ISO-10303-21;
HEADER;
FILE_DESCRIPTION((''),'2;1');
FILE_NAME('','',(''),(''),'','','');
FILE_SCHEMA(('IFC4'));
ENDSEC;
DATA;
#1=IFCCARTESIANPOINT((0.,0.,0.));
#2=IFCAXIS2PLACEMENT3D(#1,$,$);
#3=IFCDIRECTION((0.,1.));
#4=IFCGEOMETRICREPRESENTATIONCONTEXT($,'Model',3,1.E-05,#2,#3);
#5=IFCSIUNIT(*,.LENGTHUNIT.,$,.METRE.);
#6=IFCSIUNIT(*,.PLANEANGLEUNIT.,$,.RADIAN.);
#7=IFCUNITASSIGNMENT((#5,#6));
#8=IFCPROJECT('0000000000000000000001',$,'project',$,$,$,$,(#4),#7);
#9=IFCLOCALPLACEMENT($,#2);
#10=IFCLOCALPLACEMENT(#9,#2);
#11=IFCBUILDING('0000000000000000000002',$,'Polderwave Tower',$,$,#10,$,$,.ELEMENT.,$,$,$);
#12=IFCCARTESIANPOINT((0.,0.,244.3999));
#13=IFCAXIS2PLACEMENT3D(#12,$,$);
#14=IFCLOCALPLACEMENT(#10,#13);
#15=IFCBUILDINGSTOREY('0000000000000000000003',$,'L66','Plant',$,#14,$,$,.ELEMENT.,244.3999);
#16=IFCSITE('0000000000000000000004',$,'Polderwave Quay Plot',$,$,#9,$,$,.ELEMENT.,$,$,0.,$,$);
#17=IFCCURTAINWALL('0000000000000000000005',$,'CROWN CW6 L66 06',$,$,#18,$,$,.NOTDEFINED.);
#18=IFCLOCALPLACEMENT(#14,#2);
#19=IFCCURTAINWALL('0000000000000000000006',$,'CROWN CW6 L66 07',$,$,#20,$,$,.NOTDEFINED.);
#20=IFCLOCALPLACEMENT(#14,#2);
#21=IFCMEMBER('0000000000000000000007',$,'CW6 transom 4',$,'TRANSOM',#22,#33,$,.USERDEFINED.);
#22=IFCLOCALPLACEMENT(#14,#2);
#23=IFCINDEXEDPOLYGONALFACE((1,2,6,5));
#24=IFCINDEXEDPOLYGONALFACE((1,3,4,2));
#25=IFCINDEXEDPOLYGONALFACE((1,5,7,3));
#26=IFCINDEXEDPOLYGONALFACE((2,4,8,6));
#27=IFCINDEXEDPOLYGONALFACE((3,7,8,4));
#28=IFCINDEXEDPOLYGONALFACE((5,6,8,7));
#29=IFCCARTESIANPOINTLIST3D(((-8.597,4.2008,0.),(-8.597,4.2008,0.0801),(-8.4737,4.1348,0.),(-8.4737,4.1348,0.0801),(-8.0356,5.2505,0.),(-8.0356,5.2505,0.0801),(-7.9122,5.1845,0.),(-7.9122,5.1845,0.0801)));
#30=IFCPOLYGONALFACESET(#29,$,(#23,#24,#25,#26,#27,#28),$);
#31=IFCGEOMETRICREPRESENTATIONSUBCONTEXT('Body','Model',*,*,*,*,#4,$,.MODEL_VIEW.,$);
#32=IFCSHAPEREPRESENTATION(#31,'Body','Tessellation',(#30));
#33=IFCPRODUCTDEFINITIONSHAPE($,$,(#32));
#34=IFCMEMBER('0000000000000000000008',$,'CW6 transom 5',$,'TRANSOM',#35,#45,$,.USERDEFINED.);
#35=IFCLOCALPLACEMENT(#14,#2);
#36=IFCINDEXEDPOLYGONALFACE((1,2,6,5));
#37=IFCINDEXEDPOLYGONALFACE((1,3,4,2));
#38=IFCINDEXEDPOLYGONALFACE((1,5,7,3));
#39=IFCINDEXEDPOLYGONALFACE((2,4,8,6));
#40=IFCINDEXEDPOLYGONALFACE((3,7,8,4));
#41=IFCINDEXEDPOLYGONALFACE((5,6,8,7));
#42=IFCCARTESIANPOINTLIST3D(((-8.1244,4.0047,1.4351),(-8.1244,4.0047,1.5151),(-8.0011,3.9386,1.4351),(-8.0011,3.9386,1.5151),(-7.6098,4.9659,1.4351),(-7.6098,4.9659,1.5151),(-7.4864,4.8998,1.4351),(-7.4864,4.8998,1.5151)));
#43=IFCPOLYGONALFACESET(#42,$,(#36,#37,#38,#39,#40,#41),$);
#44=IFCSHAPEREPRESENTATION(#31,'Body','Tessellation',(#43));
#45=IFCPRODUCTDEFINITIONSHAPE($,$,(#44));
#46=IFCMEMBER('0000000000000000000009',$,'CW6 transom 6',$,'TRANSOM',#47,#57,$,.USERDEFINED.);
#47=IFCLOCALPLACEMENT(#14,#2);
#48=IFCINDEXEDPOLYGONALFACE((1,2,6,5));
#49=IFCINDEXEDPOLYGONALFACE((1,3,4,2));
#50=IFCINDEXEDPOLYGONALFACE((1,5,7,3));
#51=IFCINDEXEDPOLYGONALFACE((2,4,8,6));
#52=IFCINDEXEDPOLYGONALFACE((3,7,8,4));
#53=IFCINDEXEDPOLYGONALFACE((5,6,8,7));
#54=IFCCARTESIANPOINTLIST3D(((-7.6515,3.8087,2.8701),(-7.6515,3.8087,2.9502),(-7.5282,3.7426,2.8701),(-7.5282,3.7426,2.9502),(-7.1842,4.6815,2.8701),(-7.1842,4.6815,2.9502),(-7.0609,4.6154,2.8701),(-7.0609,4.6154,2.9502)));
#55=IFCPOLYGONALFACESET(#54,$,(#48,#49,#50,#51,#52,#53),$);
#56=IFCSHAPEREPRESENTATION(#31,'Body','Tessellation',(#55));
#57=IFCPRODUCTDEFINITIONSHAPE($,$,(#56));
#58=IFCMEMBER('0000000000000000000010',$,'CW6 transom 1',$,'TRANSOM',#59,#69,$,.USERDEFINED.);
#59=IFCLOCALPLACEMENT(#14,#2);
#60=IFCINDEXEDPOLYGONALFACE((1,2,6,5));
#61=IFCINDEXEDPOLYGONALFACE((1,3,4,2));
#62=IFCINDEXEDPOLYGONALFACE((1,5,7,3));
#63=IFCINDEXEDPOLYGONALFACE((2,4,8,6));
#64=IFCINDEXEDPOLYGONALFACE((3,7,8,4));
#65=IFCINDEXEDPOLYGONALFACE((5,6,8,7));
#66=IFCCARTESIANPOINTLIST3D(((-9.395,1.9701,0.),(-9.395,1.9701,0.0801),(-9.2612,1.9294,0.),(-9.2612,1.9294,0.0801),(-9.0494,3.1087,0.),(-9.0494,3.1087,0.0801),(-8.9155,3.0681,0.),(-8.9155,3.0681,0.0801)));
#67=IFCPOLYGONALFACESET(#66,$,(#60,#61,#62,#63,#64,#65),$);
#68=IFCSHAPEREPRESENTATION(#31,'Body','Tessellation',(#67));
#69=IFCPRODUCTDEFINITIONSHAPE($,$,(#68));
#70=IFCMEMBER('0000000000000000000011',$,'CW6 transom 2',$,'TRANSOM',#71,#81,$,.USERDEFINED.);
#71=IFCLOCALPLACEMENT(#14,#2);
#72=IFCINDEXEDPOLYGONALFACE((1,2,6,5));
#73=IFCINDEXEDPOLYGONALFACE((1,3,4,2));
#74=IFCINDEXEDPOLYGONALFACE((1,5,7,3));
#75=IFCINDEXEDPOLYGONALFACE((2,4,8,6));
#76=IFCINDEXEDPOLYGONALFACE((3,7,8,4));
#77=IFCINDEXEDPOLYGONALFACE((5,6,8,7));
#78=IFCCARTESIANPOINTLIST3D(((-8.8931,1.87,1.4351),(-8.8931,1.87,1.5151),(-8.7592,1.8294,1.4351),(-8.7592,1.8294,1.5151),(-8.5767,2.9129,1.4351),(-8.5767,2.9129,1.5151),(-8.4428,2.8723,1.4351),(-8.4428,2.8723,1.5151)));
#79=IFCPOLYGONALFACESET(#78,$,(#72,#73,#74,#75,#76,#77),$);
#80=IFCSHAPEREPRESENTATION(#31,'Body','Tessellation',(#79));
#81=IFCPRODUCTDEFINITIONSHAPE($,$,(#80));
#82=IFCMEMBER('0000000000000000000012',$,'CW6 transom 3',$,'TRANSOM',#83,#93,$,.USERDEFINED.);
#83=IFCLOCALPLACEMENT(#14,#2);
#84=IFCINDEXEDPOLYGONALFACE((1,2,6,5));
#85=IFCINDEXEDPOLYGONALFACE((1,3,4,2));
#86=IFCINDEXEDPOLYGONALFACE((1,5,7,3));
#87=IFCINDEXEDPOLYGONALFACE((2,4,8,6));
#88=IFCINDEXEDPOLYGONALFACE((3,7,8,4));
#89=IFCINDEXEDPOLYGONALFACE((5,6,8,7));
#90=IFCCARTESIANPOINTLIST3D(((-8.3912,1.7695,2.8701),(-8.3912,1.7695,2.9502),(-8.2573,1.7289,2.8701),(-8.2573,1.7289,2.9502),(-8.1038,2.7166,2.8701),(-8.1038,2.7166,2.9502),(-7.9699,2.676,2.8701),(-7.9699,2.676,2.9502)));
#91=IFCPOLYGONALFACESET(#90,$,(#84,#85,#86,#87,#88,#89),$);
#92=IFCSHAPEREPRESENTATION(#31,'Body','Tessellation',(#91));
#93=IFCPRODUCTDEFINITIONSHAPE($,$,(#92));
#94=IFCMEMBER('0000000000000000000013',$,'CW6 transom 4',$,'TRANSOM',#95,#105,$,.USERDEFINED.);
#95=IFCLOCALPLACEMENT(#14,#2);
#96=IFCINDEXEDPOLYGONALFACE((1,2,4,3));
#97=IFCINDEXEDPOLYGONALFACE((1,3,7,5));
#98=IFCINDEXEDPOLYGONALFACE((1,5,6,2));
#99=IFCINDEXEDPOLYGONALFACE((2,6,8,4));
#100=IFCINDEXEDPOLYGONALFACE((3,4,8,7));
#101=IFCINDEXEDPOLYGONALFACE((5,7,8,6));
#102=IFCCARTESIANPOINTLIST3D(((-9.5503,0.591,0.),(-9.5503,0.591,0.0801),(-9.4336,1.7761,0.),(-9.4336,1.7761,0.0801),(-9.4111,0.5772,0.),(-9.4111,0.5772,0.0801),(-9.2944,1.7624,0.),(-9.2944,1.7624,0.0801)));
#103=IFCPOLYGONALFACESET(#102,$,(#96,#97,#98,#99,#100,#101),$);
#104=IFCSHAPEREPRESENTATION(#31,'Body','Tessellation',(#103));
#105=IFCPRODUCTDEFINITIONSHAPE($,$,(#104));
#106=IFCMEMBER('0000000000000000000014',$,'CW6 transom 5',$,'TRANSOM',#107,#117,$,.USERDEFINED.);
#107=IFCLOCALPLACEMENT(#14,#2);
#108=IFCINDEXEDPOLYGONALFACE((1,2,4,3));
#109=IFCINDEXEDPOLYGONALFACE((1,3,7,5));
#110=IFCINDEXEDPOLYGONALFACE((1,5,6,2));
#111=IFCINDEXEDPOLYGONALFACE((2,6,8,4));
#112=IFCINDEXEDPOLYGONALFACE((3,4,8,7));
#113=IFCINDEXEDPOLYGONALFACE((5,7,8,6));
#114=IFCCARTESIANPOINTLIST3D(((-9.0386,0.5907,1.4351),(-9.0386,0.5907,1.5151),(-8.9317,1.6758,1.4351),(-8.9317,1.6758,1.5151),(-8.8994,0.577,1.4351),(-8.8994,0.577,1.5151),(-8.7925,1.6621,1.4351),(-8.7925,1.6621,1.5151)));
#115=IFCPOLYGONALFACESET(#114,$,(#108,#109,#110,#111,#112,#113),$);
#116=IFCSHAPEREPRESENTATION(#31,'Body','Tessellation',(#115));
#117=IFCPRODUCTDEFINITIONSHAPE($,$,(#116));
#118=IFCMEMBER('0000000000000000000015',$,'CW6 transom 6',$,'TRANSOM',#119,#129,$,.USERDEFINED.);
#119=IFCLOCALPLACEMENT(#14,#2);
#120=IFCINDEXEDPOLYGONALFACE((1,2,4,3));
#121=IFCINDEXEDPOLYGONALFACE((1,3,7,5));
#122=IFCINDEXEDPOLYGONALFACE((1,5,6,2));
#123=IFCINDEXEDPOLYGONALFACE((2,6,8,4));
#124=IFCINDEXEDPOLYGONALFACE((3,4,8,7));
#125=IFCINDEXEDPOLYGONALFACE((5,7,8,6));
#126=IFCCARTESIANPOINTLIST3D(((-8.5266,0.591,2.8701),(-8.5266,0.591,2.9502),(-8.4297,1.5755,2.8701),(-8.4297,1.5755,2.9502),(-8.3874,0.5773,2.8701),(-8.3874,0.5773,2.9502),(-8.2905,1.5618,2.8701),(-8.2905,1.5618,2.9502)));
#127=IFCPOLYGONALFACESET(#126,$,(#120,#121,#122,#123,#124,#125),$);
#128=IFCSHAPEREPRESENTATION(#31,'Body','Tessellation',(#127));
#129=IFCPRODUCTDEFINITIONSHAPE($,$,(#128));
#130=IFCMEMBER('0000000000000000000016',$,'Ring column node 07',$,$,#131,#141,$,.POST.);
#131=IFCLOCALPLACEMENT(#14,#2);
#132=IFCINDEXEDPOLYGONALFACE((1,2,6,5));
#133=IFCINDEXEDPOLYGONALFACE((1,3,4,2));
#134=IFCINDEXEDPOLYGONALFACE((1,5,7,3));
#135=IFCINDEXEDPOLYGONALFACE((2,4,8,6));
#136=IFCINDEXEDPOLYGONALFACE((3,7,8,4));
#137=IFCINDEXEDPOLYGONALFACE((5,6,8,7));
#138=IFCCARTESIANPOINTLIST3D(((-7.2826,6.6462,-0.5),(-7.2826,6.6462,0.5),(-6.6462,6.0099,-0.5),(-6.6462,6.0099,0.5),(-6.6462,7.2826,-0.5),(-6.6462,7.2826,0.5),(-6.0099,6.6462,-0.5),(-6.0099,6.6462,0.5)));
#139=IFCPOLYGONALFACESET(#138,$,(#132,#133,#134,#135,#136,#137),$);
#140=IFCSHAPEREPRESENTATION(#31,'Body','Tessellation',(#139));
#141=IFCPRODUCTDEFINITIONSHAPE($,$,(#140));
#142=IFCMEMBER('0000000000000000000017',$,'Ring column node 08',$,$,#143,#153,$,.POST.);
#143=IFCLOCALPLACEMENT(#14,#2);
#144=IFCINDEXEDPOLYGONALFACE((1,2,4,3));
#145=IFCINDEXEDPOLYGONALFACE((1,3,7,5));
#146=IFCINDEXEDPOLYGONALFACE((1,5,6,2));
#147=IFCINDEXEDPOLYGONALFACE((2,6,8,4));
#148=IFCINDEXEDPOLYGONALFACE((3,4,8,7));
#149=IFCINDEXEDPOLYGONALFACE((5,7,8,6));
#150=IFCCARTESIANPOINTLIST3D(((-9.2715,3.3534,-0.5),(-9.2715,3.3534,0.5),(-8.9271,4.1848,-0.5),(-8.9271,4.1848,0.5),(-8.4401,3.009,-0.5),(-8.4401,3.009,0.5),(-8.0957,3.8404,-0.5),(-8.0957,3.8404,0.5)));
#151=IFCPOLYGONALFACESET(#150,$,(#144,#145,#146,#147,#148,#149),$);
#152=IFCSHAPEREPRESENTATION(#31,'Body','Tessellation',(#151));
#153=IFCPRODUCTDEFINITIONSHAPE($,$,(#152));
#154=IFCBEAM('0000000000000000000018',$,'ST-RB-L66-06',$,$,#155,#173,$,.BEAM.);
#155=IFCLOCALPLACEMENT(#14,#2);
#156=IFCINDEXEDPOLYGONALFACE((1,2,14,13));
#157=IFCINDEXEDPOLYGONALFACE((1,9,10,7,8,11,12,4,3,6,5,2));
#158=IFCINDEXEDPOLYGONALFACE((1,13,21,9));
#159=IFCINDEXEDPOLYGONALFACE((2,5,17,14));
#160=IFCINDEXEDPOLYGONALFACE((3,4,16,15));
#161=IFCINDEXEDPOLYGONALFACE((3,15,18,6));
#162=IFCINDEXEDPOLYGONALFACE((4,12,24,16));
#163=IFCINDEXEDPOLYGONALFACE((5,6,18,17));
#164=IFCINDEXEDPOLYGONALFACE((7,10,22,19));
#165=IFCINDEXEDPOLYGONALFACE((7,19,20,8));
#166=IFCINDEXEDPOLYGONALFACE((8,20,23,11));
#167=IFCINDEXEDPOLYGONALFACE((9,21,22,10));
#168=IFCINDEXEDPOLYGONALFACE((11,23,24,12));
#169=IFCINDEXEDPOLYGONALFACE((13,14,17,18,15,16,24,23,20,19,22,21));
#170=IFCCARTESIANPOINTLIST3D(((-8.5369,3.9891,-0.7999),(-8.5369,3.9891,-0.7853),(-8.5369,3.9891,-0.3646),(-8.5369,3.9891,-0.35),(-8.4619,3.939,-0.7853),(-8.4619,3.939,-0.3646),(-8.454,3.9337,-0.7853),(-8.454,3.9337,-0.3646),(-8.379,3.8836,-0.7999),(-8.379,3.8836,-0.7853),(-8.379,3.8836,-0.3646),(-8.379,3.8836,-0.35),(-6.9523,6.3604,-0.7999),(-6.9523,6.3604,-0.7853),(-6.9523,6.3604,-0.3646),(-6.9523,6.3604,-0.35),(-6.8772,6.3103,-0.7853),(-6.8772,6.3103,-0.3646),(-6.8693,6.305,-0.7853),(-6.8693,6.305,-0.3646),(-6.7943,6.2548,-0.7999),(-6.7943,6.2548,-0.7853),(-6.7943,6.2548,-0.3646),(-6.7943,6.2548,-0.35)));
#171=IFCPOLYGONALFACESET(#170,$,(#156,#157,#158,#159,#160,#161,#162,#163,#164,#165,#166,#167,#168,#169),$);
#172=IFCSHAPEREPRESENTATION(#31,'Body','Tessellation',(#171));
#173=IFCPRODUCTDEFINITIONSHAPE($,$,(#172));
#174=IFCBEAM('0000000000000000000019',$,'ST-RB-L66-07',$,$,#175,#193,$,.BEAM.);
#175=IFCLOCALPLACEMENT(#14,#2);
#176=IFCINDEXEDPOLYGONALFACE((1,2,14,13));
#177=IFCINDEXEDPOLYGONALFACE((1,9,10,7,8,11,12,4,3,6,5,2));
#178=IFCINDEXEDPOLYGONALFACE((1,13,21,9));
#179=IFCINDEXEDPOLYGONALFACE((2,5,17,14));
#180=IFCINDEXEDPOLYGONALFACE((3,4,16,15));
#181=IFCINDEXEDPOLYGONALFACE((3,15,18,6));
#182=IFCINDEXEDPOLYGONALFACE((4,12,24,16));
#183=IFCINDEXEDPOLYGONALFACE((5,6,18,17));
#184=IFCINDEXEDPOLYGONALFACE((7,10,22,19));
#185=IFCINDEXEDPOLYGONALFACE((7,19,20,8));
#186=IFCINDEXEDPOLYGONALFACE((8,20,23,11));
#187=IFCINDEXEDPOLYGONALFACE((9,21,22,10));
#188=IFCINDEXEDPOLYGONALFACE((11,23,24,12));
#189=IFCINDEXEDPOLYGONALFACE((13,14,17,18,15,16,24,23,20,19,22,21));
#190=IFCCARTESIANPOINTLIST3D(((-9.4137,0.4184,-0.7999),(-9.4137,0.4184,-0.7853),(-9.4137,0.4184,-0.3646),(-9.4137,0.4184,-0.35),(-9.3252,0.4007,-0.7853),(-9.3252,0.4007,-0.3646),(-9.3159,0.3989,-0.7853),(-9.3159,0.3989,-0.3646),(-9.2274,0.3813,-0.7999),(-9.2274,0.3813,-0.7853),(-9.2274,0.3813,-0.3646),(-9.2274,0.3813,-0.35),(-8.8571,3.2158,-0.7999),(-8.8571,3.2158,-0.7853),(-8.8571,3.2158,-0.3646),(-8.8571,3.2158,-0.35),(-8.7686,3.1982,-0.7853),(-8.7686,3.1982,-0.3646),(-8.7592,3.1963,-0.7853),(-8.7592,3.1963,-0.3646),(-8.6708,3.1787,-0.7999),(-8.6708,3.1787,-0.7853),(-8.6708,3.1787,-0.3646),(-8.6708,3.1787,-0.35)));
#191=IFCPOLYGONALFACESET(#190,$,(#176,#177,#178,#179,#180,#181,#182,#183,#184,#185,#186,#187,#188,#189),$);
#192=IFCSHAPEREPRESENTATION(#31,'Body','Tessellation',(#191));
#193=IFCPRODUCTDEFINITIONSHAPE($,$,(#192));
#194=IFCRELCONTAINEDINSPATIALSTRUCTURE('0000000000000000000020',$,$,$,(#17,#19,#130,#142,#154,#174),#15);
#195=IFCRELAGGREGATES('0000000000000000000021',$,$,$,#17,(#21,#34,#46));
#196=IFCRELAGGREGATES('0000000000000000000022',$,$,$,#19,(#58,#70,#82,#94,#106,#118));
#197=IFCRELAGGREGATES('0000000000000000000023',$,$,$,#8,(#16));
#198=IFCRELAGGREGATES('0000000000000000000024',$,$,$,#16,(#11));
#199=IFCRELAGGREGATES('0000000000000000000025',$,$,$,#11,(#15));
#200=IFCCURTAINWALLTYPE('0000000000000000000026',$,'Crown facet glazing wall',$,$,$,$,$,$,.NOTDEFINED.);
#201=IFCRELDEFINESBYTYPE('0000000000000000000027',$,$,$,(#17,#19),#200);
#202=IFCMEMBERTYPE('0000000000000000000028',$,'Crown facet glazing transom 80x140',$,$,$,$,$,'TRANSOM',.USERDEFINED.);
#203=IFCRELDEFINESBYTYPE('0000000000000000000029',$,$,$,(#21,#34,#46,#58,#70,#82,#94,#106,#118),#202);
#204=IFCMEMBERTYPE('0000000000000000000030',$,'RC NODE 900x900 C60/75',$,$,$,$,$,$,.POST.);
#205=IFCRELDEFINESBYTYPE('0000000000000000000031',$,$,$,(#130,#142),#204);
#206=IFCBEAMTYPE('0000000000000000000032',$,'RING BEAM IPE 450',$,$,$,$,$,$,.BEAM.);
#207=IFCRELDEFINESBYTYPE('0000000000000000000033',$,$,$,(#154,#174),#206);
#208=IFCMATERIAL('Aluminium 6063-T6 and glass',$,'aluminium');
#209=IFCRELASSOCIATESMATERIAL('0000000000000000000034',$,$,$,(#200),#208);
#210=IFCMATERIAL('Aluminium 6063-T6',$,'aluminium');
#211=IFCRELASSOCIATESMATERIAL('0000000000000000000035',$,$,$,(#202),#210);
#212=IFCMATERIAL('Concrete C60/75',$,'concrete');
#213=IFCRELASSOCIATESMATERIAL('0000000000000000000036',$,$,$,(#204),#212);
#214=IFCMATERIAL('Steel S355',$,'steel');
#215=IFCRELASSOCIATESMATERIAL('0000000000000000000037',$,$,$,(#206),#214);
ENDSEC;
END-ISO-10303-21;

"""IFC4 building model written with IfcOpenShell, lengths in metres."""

from ifc_helpers import new_model, si_unit, direction, frame, origin, origin_2d, place, context, subcontext, project, spatial, rectangle, i_section, extrude, material, material_profile, profile_set, type_object, element, aggregate, save


model = new_model("IFC4")

# Units and contexts
model_context = context("Model", 3, precision=1e-05, world=origin(), true_north=direction((0.0, 1.0)))
body_context = subcontext(model_context, "Body", "Model", "MODEL_VIEW")
ifc_project = project(units=[si_unit("LENGTHUNIT", "METRE"), si_unit("PLANEANGLEUNIT", "RADIAN")], contexts=[model_context])

# Site, building, storey
site_placement = place(None, origin())
site = spatial("IfcSite", under=ifc_project, at=site_placement, Name="Polderwave Quay Plot", CompositionType="ELEMENT", RefElevation=0.0)
building_placement = place(site_placement, origin())
building = spatial("IfcBuilding", under=site, at=building_placement, Name="Polderwave Tower", CompositionType="ELEMENT")
storey_placement = place(building_placement, frame((0.0, 0.0, 244.3999)))
storey = spatial("IfcBuildingStorey", under=building, at=storey_placement, Name="L66", Description="Plant", CompositionType="ELEMENT", Elevation=244.3999)

# Shared definitions
ifc_material_1 = material(Name="Concrete C60/75", Category="concrete")

# Curtain walls
ifc_material_2 = material(Name="Aluminium 6063-T6 and glass", Category="aluminium")
curtain_wall_type = type_object("IfcCurtainWallType", Name="Crown facet glazing wall", PredefinedType="NOTDEFINED", material=ifc_material_2)
ifc_material_3 = material(Name="Aluminium 6063-T6", Category="aluminium")
curtain_wall_1_placement = place(storey_placement, origin())
curtain_wall_1 = element("IfcCurtainWall", 1, at=curtain_wall_1_placement, inside=storey, type_object=curtain_wall_type, Name="CROWN CW6 L66 06", PredefinedType="NOTDEFINED")
curtain_wall_2_placement = place(storey_placement, origin())
curtain_wall_2 = element("IfcCurtainWall", 2, at=curtain_wall_2_placement, inside=storey, type_object=curtain_wall_type, Name="CROWN CW6 L66 07", PredefinedType="NOTDEFINED")

# Members
ifc_material_profile_1 = material_profile(ifc_material_3, rectangle(XDim=0.1399, YDim=0.0801, at=origin_2d()), Name="AL 80x140")
ifc_profile_set_1 = profile_set([ifc_material_profile_1], Name="Aluminium 6063-T6")
member_type_1 = type_object("IfcMemberType", Name="Crown facet glazing transom 80x140", ElementType="TRANSOM", PredefinedType="USERDEFINED", material=ifc_profile_set_1)
member_1_placement = place(storey_placement, frame((-7.9739, 5.2175, 0.04), z_axis=(-0.471652, -0.881785, 0.0), x_axis=(0.881785, -0.471652, 0.0)))
member_1 = element("IfcMember", 3, at=member_1_placement, type_object=member_type_1, Name="CW6 transom 4", ObjectType="TRANSOM", PredefinedType="USERDEFINED", context=body_context, shape_type="SweptSolid", body=[
    extrude(rectangle(XDim=0.1399, YDim=0.0801, at=origin_2d()), origin(), (0.0, 0.0, 1.0), 1.1904),
])
member_2_placement = place(storey_placement, frame((-7.5481, 4.9329, 1.4751), z_axis=(-0.472029, -0.881583, 0.0), x_axis=(0.881583, -0.472029, 0.0)))
member_2 = element("IfcMember", 4, at=member_2_placement, type_object=member_type_1, Name="CW6 transom 5", ObjectType="TRANSOM", PredefinedType="USERDEFINED", context=body_context, shape_type="SweptSolid", body=[
    extrude(rectangle(XDim=0.1399, YDim=0.0801, at=origin_2d()), origin(), (0.0, 0.0, 1.0), 1.0903),
])
member_3_placement = place(storey_placement, frame((-7.1226, 4.6484, 2.9102), z_axis=(-0.471996, -0.881601, 0.0), x_axis=(0.881601, -0.471996, 0.0)))
member_3 = element("IfcMember", 5, at=member_3_placement, type_object=member_type_1, Name="CW6 transom 6", ObjectType="TRANSOM", PredefinedType="USERDEFINED", context=body_context, shape_type="SweptSolid", body=[
    extrude(rectangle(XDim=0.1399, YDim=0.0801, at=origin_2d()), origin(), (0.0, 0.0, 1.0), 0.99),
])
member_4_placement = place(storey_placement, frame((-8.9824, 3.0884, 0.04), z_axis=(-0.290508, -0.956872, 0.0), x_axis=(0.956872, -0.290508, 0.0)))
member_4 = element("IfcMember", 6, at=member_4_placement, type_object=member_type_1, Name="CW6 transom 1", ObjectType="TRANSOM", PredefinedType="USERDEFINED", context=body_context, shape_type="SweptSolid", body=[
    extrude(rectangle(XDim=0.1399, YDim=0.0801, at=origin_2d()), origin(), (0.0, 0.0, 1.0), 1.1899),
])
member_5_placement = place(storey_placement, frame((-8.5098, 2.8926, 1.4751), z_axis=(-0.290306, -0.956934, 0.0), x_axis=(0.956934, -0.290306, 0.0)))
member_5 = element("IfcMember", 7, at=member_5_placement, type_object=member_type_1, Name="CW6 transom 2", ObjectType="TRANSOM", PredefinedType="USERDEFINED", context=body_context, shape_type="SweptSolid", body=[
    extrude(rectangle(XDim=0.1399, YDim=0.0801, at=origin_2d()), origin(), (0.0, 0.0, 1.0), 1.0898),
])
member_6_placement = place(storey_placement, frame((-8.0369, 2.6963, 2.9102), z_axis=(-0.290357, -0.956919, 0.0), x_axis=(0.956919, -0.290357, 0.0)))
member_6 = element("IfcMember", 8, at=member_6_placement, type_object=member_type_1, Name="CW6 transom 3", ObjectType="TRANSOM", PredefinedType="USERDEFINED", context=body_context, shape_type="SweptSolid", body=[
    extrude(rectangle(XDim=0.1399, YDim=0.0801, at=origin_2d()), origin(), (0.0, 0.0, 1.0), 0.9897),
])
member_7_placement = place(storey_placement, frame((-9.364, 1.7693, 0.04), z_axis=(-0.097981, -0.995188, 0.0), x_axis=(0.995188, -0.097981, 0.0)))
member_7 = element("IfcMember", 9, at=member_7_placement, type_object=member_type_1, Name="CW6 transom 4", ObjectType="TRANSOM", PredefinedType="USERDEFINED", context=body_context, shape_type="SweptSolid", body=[
    extrude(rectangle(XDim=0.1399, YDim=0.0801, at=origin_2d()), origin(), (0.0, 0.0, 1.0), 1.1909),
])
member_8_placement = place(storey_placement, frame((-8.8621, 1.6689, 1.4751), z_axis=(-0.098085, -0.995178, 0.0), x_axis=(0.995178, -0.098085, 0.0)))
member_8 = element("IfcMember", 10, at=member_8_placement, type_object=member_type_1, Name="CW6 transom 5", ObjectType="TRANSOM", PredefinedType="USERDEFINED", context=body_context, shape_type="SweptSolid", body=[
    extrude(rectangle(XDim=0.1399, YDim=0.0801, at=origin_2d()), origin(), (0.0, 0.0, 1.0), 1.0903),
])
member_9_placement = place(storey_placement, frame((-8.3601, 1.5686, 2.9102), z_axis=(-0.097964, -0.99519, 0.0), x_axis=(0.99519, -0.097964, 0.0)))
member_9 = element("IfcMember", 11, at=member_9_placement, type_object=member_type_1, Name="CW6 transom 6", ObjectType="TRANSOM", PredefinedType="USERDEFINED", context=body_context, shape_type="SweptSolid", body=[
    extrude(rectangle(XDim=0.1399, YDim=0.0801, at=origin_2d()), origin(), (0.0, 0.0, 1.0), 0.9893),
])

# Members
ifc_material_profile_2 = material_profile(ifc_material_1, rectangle(XDim=0.8999, YDim=0.8999, at=origin_2d()), Name="RC 900x900")
ifc_profile_set_2 = profile_set([ifc_material_profile_2], Name="Concrete C60/75")
member_type_2 = type_object("IfcMemberType", Name="RC NODE 900x900 C60/75", PredefinedType="POST", material=ifc_profile_set_2)
for number, where, z_axis, x_axis, name in (
    (12, (-6.6462, 6.6462, -0.5), (0.0, 0.0, 1.0), (-0.707107, 0.707107, 0.0), "Ring column node 07"),
    (13, (-8.6836, 3.5969, -0.5), (0.0, 0.0, 1.0), (-0.92388, 0.382683, 0.0), "Ring column node 08"),
):
    element("IfcMember", number, at=place(storey_placement, frame(where, z_axis=z_axis, x_axis=x_axis)), inside=storey, type_object=member_type_2, Name=name, PredefinedType="POST", context=body_context, shape_type="SweptSolid", body=[
        extrude(rectangle(XDim=0.8999, YDim=0.8999, at=origin_2d()), origin(), (0.0, 0.0, 1.0), 1.0),
    ])

# Beams
ifc_material_4 = material(Name="Steel S355", Category="steel")
ifc_material_profile_3 = material_profile(ifc_material_4, i_section(OverallWidth=0.1899, OverallDepth=0.45, WebThickness=0.0095, FlangeThickness=0.0146, at=origin_2d()), Name="IPE 450")
ifc_profile_set_3 = profile_set([ifc_material_profile_3], Name="Steel S355")
beam_type = type_object("IfcBeamType", Name="RING BEAM IPE 450", PredefinedType="BEAM", material=ifc_profile_set_3)
beam_1_placement = place(storey_placement, frame((-6.8733, 6.3076, -0.575), z_axis=(-0.555628, -0.831431, 0.0), x_axis=(0.831431, -0.555628, 0.0)))
element("IfcBeam", 14, at=beam_1_placement, inside=storey, type_object=beam_type, Name="ST-RB-L66-06", PredefinedType="BEAM", context=body_context, shape_type="SweptSolid", body=[
    extrude(i_section(OverallWidth=0.1899, OverallDepth=0.45, WebThickness=0.0095, FlangeThickness=0.0146, at=origin_2d()), origin(), (0.0, 0.0, 1.0), 2.8521),
])
beam_2_placement = place(storey_placement, frame((-8.7639, 3.1973, -0.575), z_axis=(-0.195161, -0.980771, 0.0), x_axis=(0.980771, -0.195161, 0.0)))
element("IfcBeam", 15, at=beam_2_placement, inside=storey, type_object=beam_type, Name="ST-RB-L66-07", PredefinedType="BEAM", context=body_context, shape_type="SweptSolid", body=[
    extrude(i_section(OverallWidth=0.1899, OverallDepth=0.45, WebThickness=0.0095, FlangeThickness=0.0146, at=origin_2d()), origin(), (0.0, 0.0, 1.0), 2.8523),
])

aggregate(curtain_wall_1, [member_1, member_2, member_3])
aggregate(curtain_wall_2, [member_4, member_5, member_6, member_7, member_8, member_9])

save(model, "model.ifc")
